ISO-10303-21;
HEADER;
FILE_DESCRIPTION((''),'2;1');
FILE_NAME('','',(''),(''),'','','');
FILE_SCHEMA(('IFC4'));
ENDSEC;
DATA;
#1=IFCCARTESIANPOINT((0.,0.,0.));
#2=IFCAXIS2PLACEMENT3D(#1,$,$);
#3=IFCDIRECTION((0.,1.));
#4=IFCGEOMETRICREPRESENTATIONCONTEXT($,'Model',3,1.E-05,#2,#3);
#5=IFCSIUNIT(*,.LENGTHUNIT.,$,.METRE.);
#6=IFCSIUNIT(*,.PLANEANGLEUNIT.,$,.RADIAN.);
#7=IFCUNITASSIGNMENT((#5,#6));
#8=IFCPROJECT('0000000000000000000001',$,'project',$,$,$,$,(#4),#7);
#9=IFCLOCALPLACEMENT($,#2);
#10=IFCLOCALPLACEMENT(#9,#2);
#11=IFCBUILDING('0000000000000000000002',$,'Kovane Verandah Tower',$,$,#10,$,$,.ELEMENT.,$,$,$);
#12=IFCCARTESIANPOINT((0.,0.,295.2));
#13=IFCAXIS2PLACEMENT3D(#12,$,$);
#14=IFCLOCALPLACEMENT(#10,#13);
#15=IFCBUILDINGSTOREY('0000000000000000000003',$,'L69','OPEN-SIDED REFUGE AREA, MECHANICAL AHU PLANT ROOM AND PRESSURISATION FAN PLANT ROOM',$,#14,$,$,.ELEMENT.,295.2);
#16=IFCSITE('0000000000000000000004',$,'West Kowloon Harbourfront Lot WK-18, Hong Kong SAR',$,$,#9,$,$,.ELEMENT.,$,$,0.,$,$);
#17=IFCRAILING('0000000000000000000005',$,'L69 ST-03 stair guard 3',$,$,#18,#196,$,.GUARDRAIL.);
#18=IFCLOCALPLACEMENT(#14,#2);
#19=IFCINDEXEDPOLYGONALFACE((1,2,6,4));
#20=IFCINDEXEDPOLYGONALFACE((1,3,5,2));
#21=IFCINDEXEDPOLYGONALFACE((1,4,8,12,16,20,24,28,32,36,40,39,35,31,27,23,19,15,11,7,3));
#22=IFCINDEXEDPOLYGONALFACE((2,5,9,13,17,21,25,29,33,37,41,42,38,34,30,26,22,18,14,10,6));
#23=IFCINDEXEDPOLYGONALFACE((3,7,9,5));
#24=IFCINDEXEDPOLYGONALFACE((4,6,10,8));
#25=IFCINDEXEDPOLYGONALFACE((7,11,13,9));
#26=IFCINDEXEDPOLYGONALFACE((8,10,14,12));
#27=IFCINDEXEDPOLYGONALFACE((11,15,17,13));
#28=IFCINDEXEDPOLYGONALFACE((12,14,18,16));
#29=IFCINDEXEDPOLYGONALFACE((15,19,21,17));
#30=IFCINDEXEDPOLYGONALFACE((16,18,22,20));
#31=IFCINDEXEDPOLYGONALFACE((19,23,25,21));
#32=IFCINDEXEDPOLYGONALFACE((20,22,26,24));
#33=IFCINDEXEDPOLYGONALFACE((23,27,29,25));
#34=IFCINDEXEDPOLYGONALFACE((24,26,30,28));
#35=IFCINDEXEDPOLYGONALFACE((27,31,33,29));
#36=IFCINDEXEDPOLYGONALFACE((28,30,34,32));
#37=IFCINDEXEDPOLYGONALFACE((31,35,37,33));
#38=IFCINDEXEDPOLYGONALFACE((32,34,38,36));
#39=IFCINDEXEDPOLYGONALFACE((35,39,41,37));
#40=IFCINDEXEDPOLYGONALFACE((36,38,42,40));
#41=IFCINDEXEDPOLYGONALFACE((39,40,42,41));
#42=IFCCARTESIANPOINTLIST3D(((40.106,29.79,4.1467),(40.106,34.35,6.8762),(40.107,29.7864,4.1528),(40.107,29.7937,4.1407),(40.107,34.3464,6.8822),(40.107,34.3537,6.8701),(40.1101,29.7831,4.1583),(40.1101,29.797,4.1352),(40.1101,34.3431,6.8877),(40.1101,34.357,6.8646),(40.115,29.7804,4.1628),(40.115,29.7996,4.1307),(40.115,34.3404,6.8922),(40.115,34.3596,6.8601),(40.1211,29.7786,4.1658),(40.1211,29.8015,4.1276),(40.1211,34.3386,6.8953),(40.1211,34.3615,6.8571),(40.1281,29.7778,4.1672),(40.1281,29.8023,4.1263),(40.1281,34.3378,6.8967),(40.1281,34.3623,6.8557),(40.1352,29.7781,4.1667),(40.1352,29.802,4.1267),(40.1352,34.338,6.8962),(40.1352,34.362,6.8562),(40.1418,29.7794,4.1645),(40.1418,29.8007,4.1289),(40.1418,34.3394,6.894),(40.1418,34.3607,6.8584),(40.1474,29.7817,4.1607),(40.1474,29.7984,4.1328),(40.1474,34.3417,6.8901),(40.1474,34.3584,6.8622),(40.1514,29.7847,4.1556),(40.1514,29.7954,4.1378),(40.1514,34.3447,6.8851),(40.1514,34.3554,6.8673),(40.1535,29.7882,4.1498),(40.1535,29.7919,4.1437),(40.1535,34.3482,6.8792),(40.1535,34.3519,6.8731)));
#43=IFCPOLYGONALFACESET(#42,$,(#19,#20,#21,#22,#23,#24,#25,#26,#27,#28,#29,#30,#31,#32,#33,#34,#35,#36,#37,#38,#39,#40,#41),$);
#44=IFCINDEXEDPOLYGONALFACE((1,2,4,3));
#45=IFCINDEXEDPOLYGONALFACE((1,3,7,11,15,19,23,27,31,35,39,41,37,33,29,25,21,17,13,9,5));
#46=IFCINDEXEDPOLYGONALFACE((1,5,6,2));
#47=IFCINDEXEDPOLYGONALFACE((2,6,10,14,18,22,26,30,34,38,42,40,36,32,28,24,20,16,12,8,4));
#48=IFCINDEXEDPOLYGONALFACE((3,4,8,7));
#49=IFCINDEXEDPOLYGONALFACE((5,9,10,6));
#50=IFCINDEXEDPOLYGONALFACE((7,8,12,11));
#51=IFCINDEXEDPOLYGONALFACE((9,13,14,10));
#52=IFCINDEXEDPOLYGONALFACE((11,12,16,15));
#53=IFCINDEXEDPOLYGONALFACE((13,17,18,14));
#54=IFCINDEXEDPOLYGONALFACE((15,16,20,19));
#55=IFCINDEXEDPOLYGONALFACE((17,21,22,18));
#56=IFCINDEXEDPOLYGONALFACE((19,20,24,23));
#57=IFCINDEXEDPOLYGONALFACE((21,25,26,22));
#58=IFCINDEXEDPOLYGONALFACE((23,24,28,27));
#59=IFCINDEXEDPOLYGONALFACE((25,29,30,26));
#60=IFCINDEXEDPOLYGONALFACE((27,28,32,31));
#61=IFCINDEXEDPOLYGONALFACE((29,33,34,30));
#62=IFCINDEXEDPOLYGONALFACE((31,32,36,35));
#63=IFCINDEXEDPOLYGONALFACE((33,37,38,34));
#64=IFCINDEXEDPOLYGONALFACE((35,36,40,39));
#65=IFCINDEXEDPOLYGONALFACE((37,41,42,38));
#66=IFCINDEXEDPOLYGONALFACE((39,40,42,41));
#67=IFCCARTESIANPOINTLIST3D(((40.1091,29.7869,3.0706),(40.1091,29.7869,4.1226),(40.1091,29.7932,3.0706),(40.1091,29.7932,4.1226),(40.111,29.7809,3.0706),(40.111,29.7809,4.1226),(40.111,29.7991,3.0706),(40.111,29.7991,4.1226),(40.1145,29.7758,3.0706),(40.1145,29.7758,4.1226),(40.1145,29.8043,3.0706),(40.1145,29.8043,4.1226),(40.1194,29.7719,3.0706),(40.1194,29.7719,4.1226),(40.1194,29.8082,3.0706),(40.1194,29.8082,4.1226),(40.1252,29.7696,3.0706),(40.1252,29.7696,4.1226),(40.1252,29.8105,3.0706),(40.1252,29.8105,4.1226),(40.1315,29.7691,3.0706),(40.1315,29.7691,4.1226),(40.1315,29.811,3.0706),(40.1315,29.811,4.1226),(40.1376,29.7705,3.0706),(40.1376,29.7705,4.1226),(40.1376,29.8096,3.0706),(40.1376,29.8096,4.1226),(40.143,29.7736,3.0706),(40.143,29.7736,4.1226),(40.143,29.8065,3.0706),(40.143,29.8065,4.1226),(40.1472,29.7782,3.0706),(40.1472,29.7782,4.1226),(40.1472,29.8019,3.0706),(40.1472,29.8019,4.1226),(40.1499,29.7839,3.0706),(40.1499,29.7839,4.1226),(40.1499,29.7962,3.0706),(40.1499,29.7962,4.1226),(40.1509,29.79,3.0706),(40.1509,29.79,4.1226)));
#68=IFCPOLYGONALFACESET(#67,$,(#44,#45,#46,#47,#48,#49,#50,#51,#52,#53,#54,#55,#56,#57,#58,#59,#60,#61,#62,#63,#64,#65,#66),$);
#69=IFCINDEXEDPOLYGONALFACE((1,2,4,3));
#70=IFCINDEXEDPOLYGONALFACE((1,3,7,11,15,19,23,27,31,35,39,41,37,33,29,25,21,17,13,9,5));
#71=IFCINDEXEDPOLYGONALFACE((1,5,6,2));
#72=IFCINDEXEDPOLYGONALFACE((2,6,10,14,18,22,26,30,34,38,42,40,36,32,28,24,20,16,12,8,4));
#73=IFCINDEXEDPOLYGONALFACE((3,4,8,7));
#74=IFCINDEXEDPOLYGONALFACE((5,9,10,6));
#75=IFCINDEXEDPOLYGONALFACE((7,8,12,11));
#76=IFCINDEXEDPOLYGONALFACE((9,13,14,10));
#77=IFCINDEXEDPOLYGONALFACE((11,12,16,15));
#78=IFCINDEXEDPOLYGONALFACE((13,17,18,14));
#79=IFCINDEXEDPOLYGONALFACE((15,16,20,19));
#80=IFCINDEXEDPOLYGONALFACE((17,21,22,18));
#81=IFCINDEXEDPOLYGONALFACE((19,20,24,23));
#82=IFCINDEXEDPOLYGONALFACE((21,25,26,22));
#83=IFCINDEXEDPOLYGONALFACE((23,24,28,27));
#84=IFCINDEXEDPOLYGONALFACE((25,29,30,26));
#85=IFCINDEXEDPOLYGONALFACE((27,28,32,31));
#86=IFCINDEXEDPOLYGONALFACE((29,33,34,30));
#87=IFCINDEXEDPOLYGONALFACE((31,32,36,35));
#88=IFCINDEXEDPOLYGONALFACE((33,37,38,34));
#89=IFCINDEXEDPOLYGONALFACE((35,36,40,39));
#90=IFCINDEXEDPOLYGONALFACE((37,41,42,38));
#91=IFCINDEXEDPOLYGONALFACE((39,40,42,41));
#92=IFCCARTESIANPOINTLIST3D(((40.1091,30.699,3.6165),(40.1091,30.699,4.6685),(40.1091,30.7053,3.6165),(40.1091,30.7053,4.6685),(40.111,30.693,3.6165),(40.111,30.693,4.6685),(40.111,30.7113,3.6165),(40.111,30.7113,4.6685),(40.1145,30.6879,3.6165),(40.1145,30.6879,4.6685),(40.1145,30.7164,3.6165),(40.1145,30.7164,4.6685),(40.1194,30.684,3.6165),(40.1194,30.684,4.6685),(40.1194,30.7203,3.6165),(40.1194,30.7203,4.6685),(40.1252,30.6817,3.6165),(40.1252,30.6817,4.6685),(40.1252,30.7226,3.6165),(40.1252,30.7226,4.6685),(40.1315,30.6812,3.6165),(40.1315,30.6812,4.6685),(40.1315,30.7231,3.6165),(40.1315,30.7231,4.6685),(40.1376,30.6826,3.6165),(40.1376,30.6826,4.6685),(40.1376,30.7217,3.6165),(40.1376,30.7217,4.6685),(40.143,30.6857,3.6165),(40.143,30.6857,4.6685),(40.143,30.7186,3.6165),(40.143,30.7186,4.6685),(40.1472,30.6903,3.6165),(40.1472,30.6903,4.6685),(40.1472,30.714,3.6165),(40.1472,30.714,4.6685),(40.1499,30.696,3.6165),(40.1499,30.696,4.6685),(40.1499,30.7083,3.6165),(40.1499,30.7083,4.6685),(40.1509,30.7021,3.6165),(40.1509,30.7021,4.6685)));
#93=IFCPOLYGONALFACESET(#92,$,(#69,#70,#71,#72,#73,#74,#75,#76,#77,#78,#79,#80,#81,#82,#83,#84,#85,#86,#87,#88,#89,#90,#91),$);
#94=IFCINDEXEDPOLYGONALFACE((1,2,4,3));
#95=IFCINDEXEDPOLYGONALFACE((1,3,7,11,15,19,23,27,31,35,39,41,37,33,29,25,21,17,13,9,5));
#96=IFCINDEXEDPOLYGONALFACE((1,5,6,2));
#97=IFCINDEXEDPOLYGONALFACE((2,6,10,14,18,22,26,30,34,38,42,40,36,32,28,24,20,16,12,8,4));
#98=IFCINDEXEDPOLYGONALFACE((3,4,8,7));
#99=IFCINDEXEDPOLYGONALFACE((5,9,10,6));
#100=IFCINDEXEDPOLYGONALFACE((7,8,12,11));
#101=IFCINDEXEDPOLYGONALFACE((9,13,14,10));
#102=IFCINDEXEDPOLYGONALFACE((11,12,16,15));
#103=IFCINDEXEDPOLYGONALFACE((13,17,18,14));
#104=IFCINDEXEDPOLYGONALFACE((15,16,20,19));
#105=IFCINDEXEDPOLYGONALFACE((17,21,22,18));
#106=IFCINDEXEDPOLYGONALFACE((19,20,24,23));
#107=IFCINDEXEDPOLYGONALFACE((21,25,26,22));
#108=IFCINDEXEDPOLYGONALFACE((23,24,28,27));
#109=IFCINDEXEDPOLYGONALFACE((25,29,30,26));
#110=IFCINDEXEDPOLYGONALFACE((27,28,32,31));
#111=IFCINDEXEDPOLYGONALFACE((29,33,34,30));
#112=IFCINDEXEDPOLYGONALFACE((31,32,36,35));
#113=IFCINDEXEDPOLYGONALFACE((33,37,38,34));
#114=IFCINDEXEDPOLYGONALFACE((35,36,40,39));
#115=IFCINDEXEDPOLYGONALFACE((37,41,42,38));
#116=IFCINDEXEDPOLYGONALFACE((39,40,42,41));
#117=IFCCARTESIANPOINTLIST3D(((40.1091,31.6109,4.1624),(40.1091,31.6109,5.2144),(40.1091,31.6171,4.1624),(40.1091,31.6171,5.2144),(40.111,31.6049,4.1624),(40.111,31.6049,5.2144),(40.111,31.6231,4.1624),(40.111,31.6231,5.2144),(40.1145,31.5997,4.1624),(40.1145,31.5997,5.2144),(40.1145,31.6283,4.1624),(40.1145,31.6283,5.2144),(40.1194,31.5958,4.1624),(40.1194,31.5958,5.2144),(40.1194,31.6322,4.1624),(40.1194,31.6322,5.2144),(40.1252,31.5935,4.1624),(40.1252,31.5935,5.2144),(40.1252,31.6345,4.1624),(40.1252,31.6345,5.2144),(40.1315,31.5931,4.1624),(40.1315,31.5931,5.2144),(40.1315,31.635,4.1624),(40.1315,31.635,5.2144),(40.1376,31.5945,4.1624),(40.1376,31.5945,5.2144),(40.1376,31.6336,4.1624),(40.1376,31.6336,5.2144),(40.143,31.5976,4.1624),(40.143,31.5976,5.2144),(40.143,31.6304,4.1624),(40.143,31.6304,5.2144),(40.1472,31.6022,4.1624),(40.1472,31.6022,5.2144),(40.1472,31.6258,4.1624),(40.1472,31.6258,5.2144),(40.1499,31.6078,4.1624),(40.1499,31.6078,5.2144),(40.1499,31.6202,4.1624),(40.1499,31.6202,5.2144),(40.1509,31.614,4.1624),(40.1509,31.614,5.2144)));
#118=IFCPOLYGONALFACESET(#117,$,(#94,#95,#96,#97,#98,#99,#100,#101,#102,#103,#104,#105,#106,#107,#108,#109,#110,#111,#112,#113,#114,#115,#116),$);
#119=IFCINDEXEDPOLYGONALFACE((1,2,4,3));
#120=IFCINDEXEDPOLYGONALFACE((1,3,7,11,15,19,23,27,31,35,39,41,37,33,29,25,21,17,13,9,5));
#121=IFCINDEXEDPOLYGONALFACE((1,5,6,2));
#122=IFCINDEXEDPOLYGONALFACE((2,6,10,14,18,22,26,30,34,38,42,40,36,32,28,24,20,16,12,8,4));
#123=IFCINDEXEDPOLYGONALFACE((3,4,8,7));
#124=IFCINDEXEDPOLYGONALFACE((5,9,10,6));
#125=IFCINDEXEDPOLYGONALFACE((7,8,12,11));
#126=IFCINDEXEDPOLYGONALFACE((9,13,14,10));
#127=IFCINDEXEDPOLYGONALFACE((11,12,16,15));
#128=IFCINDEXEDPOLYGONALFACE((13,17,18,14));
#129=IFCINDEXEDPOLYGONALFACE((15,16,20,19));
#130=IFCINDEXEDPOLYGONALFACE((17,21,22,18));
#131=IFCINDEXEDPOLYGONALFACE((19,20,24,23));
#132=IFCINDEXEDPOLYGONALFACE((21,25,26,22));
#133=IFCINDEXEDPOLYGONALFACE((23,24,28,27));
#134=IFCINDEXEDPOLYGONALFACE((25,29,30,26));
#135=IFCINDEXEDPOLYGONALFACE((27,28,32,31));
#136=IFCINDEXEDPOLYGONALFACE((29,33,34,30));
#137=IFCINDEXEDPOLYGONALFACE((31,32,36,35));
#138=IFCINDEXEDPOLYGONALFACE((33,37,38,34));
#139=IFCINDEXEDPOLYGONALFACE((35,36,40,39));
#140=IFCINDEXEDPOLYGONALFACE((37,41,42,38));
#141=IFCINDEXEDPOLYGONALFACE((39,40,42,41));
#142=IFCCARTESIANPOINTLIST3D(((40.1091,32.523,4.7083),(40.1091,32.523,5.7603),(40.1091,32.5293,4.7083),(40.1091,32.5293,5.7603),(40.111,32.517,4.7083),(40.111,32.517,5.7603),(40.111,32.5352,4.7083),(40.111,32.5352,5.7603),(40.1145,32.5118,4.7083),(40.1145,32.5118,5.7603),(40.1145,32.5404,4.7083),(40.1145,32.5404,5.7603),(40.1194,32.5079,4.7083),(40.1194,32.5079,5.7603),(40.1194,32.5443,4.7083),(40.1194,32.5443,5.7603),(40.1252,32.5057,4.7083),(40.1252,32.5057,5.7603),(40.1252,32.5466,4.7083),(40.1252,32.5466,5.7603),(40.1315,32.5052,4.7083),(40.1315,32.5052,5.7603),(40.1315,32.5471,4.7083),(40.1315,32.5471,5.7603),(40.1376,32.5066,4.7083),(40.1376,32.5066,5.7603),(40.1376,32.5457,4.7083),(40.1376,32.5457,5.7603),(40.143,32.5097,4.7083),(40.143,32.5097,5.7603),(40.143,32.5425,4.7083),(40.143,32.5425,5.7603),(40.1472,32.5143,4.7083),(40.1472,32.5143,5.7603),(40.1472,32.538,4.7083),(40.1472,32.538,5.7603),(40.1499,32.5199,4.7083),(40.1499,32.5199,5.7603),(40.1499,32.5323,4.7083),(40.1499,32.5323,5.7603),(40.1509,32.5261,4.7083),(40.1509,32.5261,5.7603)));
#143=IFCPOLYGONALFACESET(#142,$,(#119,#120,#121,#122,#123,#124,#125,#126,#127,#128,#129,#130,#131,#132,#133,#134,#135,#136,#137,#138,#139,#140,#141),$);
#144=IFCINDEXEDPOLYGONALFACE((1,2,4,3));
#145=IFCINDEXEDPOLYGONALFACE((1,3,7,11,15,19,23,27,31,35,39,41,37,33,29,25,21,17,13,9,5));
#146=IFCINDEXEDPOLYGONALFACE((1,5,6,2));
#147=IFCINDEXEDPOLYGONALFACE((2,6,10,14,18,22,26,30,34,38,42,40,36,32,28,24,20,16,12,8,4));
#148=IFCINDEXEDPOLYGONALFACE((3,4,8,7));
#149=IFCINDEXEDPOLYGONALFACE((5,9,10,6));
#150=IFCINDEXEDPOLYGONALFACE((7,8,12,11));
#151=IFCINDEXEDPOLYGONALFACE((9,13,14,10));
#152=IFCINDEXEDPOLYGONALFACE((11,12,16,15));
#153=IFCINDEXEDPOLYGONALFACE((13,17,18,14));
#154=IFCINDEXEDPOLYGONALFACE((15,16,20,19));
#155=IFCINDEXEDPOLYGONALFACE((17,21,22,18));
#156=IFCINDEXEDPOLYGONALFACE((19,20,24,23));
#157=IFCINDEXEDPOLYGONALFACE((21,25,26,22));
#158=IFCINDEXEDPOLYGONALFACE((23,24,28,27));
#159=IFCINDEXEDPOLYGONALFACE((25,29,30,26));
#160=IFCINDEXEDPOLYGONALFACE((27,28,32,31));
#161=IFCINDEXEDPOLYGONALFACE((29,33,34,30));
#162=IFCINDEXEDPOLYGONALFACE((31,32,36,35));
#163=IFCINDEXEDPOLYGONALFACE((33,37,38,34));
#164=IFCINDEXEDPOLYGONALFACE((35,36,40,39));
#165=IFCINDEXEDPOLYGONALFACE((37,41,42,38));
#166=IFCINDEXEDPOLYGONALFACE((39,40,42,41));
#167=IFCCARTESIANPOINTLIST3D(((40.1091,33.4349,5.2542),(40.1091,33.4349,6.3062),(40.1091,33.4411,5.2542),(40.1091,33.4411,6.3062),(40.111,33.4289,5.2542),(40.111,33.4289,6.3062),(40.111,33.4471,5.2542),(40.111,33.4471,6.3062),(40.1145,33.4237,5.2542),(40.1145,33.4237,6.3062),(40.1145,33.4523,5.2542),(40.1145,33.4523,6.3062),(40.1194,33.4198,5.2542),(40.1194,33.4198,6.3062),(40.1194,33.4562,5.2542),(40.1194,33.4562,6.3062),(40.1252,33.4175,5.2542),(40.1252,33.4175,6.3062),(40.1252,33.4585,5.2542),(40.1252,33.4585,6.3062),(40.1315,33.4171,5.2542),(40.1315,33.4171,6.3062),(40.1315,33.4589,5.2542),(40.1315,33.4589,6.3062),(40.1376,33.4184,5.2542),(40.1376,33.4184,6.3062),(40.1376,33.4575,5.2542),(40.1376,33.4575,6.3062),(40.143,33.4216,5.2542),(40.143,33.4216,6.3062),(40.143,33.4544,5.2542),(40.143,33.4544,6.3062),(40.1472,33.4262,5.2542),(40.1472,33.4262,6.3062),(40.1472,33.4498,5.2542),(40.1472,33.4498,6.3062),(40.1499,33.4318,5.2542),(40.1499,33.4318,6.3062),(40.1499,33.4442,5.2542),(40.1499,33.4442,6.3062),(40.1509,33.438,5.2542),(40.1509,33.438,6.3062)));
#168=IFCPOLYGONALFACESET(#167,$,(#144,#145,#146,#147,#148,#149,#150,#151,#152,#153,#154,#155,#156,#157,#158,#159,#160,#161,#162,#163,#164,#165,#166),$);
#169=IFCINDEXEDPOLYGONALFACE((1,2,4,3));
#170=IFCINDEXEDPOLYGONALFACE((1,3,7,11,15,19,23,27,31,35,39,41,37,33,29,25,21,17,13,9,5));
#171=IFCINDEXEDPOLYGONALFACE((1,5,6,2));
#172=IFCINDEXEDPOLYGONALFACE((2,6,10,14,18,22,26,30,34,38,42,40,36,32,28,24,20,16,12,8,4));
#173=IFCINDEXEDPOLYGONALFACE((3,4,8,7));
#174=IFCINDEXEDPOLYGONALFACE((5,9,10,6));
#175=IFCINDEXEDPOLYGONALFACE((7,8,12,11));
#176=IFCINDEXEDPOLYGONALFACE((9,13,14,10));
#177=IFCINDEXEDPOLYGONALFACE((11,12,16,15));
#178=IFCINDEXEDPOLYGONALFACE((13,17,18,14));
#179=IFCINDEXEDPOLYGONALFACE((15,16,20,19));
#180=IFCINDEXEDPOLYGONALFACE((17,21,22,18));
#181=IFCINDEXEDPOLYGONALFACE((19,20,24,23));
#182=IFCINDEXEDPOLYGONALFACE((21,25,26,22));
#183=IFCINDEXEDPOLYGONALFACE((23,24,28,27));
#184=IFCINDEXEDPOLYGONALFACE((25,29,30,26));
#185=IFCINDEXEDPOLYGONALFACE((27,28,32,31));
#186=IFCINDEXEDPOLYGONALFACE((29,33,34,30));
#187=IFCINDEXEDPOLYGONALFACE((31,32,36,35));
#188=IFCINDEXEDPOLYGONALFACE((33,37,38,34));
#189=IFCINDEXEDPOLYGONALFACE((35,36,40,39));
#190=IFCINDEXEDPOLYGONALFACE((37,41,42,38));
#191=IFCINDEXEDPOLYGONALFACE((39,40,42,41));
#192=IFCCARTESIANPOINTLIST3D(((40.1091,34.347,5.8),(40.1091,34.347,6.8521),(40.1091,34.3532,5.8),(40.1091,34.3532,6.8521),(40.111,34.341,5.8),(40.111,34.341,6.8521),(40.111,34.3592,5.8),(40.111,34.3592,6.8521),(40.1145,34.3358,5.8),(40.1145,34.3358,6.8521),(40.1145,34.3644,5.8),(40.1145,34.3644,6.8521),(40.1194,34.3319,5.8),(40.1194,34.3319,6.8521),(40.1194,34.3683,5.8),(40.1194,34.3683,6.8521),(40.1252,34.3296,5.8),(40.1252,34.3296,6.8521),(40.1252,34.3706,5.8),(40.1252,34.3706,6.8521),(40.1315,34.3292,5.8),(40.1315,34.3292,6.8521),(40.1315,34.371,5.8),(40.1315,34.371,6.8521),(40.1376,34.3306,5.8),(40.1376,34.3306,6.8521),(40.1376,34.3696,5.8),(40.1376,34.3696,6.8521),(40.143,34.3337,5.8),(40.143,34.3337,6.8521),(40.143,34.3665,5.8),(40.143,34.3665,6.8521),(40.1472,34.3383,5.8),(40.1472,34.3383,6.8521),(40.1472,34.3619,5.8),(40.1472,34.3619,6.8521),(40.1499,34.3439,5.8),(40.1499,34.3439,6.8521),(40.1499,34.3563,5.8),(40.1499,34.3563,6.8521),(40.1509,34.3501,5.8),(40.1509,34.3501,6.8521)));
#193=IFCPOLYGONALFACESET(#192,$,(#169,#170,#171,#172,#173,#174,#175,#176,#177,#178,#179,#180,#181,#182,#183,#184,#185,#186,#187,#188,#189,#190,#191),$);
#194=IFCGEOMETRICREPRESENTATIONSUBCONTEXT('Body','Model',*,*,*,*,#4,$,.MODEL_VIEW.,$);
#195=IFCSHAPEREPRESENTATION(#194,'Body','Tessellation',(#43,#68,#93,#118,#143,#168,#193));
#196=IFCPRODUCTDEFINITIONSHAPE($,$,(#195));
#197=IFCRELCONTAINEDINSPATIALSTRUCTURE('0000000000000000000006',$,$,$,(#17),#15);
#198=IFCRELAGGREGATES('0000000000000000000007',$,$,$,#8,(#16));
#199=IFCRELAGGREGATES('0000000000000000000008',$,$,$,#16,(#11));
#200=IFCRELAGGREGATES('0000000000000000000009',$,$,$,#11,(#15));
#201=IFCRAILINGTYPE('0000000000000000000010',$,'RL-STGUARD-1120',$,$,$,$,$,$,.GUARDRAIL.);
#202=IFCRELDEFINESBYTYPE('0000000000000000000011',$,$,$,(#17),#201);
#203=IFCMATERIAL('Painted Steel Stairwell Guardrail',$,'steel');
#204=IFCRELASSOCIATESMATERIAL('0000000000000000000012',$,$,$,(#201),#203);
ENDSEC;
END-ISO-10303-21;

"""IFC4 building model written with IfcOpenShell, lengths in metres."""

from ifc_helpers import new_model, si_unit, direction, frame, origin, origin_2d, place, context, subcontext, project, spatial, circle, extrude, material, type_object, element, save


model = new_model("IFC4")

# Units and contexts
model_context = context("Model", 3, precision=1e-05, world=origin(), true_north=direction((0.0, 1.0)))
body_context = subcontext(model_context, "Body", "Model", "MODEL_VIEW")
ifc_project = project(units=[si_unit("LENGTHUNIT", "METRE"), si_unit("PLANEANGLEUNIT", "RADIAN")], contexts=[model_context])

# Site, building, storey
site_placement = place(None, origin())
site = spatial("IfcSite", under=ifc_project, at=site_placement, Name="West Kowloon Harbourfront Lot WK-18, Hong Kong SAR", CompositionType="ELEMENT", RefElevation=0.0)
building_placement = place(site_placement, origin())
building = spatial("IfcBuilding", under=site, at=building_placement, Name="Kovane Verandah Tower", CompositionType="ELEMENT")
storey_placement = place(building_placement, frame((0.0, 0.0, 295.2)))
storey = spatial("IfcBuildingStorey", under=building, at=storey_placement, Name="L69", Description="OPEN-SIDED REFUGE AREA, MECHANICAL AHU PLANT ROOM AND PRESSURISATION FAN PLANT ROOM", CompositionType="ELEMENT", Elevation=295.2)

# Railing
ifc_material_1 = material(Name="Painted Steel Stairwell Guardrail", Category="steel")
railing_type_1 = type_object("IfcRailingType", Name="RL-STGUARD-1120", PredefinedType="GUARDRAIL", material=ifc_material_1)
railing_1_placement = place(storey_placement, frame((40.1299, 29.79, 3.0706)))
element("IfcRailing", 1, at=railing_1_placement, inside=storey, type_object=railing_type_1, Name="L69 ST-03 stair guard 3", PredefinedType="GUARDRAIL", context=body_context, shape_type="SweptSolid", body=[
    extrude(circle(Radius=0.0239, at=origin_2d()), frame((0.0, 0.0, 1.0762), z_axis=(0.0, 0.858036, 0.51359), x_axis=(-1.0, 0.0, 0.0)), (0.0, 0.0, 1.0), 5.3145),
    extrude(circle(Radius=0.021, at=origin_2d()), origin(), (0.0, 0.0, 1.0), 1.052),
    extrude(circle(Radius=0.021, at=origin_2d()), frame((0.0, 0.9121, 0.5459)), (0.0, 0.0, 1.0), 1.052),
    extrude(circle(Radius=0.021, at=origin_2d()), frame((0.0, 1.824, 1.0918)), (0.0, 0.0, 1.0), 1.052),
    extrude(circle(Radius=0.021, at=origin_2d()), frame((0.0, 2.7361, 1.6377)), (0.0, 0.0, 1.0), 1.052),
    extrude(circle(Radius=0.021, at=origin_2d()), frame((0.0, 3.6479, 2.1836)), (0.0, 0.0, 1.0), 1.052),
    extrude(circle(Radius=0.021, at=origin_2d()), frame((0.0, 4.5601, 2.7295)), (0.0, 0.0, 1.0), 1.052),
])

save(model, "model.ifc")
